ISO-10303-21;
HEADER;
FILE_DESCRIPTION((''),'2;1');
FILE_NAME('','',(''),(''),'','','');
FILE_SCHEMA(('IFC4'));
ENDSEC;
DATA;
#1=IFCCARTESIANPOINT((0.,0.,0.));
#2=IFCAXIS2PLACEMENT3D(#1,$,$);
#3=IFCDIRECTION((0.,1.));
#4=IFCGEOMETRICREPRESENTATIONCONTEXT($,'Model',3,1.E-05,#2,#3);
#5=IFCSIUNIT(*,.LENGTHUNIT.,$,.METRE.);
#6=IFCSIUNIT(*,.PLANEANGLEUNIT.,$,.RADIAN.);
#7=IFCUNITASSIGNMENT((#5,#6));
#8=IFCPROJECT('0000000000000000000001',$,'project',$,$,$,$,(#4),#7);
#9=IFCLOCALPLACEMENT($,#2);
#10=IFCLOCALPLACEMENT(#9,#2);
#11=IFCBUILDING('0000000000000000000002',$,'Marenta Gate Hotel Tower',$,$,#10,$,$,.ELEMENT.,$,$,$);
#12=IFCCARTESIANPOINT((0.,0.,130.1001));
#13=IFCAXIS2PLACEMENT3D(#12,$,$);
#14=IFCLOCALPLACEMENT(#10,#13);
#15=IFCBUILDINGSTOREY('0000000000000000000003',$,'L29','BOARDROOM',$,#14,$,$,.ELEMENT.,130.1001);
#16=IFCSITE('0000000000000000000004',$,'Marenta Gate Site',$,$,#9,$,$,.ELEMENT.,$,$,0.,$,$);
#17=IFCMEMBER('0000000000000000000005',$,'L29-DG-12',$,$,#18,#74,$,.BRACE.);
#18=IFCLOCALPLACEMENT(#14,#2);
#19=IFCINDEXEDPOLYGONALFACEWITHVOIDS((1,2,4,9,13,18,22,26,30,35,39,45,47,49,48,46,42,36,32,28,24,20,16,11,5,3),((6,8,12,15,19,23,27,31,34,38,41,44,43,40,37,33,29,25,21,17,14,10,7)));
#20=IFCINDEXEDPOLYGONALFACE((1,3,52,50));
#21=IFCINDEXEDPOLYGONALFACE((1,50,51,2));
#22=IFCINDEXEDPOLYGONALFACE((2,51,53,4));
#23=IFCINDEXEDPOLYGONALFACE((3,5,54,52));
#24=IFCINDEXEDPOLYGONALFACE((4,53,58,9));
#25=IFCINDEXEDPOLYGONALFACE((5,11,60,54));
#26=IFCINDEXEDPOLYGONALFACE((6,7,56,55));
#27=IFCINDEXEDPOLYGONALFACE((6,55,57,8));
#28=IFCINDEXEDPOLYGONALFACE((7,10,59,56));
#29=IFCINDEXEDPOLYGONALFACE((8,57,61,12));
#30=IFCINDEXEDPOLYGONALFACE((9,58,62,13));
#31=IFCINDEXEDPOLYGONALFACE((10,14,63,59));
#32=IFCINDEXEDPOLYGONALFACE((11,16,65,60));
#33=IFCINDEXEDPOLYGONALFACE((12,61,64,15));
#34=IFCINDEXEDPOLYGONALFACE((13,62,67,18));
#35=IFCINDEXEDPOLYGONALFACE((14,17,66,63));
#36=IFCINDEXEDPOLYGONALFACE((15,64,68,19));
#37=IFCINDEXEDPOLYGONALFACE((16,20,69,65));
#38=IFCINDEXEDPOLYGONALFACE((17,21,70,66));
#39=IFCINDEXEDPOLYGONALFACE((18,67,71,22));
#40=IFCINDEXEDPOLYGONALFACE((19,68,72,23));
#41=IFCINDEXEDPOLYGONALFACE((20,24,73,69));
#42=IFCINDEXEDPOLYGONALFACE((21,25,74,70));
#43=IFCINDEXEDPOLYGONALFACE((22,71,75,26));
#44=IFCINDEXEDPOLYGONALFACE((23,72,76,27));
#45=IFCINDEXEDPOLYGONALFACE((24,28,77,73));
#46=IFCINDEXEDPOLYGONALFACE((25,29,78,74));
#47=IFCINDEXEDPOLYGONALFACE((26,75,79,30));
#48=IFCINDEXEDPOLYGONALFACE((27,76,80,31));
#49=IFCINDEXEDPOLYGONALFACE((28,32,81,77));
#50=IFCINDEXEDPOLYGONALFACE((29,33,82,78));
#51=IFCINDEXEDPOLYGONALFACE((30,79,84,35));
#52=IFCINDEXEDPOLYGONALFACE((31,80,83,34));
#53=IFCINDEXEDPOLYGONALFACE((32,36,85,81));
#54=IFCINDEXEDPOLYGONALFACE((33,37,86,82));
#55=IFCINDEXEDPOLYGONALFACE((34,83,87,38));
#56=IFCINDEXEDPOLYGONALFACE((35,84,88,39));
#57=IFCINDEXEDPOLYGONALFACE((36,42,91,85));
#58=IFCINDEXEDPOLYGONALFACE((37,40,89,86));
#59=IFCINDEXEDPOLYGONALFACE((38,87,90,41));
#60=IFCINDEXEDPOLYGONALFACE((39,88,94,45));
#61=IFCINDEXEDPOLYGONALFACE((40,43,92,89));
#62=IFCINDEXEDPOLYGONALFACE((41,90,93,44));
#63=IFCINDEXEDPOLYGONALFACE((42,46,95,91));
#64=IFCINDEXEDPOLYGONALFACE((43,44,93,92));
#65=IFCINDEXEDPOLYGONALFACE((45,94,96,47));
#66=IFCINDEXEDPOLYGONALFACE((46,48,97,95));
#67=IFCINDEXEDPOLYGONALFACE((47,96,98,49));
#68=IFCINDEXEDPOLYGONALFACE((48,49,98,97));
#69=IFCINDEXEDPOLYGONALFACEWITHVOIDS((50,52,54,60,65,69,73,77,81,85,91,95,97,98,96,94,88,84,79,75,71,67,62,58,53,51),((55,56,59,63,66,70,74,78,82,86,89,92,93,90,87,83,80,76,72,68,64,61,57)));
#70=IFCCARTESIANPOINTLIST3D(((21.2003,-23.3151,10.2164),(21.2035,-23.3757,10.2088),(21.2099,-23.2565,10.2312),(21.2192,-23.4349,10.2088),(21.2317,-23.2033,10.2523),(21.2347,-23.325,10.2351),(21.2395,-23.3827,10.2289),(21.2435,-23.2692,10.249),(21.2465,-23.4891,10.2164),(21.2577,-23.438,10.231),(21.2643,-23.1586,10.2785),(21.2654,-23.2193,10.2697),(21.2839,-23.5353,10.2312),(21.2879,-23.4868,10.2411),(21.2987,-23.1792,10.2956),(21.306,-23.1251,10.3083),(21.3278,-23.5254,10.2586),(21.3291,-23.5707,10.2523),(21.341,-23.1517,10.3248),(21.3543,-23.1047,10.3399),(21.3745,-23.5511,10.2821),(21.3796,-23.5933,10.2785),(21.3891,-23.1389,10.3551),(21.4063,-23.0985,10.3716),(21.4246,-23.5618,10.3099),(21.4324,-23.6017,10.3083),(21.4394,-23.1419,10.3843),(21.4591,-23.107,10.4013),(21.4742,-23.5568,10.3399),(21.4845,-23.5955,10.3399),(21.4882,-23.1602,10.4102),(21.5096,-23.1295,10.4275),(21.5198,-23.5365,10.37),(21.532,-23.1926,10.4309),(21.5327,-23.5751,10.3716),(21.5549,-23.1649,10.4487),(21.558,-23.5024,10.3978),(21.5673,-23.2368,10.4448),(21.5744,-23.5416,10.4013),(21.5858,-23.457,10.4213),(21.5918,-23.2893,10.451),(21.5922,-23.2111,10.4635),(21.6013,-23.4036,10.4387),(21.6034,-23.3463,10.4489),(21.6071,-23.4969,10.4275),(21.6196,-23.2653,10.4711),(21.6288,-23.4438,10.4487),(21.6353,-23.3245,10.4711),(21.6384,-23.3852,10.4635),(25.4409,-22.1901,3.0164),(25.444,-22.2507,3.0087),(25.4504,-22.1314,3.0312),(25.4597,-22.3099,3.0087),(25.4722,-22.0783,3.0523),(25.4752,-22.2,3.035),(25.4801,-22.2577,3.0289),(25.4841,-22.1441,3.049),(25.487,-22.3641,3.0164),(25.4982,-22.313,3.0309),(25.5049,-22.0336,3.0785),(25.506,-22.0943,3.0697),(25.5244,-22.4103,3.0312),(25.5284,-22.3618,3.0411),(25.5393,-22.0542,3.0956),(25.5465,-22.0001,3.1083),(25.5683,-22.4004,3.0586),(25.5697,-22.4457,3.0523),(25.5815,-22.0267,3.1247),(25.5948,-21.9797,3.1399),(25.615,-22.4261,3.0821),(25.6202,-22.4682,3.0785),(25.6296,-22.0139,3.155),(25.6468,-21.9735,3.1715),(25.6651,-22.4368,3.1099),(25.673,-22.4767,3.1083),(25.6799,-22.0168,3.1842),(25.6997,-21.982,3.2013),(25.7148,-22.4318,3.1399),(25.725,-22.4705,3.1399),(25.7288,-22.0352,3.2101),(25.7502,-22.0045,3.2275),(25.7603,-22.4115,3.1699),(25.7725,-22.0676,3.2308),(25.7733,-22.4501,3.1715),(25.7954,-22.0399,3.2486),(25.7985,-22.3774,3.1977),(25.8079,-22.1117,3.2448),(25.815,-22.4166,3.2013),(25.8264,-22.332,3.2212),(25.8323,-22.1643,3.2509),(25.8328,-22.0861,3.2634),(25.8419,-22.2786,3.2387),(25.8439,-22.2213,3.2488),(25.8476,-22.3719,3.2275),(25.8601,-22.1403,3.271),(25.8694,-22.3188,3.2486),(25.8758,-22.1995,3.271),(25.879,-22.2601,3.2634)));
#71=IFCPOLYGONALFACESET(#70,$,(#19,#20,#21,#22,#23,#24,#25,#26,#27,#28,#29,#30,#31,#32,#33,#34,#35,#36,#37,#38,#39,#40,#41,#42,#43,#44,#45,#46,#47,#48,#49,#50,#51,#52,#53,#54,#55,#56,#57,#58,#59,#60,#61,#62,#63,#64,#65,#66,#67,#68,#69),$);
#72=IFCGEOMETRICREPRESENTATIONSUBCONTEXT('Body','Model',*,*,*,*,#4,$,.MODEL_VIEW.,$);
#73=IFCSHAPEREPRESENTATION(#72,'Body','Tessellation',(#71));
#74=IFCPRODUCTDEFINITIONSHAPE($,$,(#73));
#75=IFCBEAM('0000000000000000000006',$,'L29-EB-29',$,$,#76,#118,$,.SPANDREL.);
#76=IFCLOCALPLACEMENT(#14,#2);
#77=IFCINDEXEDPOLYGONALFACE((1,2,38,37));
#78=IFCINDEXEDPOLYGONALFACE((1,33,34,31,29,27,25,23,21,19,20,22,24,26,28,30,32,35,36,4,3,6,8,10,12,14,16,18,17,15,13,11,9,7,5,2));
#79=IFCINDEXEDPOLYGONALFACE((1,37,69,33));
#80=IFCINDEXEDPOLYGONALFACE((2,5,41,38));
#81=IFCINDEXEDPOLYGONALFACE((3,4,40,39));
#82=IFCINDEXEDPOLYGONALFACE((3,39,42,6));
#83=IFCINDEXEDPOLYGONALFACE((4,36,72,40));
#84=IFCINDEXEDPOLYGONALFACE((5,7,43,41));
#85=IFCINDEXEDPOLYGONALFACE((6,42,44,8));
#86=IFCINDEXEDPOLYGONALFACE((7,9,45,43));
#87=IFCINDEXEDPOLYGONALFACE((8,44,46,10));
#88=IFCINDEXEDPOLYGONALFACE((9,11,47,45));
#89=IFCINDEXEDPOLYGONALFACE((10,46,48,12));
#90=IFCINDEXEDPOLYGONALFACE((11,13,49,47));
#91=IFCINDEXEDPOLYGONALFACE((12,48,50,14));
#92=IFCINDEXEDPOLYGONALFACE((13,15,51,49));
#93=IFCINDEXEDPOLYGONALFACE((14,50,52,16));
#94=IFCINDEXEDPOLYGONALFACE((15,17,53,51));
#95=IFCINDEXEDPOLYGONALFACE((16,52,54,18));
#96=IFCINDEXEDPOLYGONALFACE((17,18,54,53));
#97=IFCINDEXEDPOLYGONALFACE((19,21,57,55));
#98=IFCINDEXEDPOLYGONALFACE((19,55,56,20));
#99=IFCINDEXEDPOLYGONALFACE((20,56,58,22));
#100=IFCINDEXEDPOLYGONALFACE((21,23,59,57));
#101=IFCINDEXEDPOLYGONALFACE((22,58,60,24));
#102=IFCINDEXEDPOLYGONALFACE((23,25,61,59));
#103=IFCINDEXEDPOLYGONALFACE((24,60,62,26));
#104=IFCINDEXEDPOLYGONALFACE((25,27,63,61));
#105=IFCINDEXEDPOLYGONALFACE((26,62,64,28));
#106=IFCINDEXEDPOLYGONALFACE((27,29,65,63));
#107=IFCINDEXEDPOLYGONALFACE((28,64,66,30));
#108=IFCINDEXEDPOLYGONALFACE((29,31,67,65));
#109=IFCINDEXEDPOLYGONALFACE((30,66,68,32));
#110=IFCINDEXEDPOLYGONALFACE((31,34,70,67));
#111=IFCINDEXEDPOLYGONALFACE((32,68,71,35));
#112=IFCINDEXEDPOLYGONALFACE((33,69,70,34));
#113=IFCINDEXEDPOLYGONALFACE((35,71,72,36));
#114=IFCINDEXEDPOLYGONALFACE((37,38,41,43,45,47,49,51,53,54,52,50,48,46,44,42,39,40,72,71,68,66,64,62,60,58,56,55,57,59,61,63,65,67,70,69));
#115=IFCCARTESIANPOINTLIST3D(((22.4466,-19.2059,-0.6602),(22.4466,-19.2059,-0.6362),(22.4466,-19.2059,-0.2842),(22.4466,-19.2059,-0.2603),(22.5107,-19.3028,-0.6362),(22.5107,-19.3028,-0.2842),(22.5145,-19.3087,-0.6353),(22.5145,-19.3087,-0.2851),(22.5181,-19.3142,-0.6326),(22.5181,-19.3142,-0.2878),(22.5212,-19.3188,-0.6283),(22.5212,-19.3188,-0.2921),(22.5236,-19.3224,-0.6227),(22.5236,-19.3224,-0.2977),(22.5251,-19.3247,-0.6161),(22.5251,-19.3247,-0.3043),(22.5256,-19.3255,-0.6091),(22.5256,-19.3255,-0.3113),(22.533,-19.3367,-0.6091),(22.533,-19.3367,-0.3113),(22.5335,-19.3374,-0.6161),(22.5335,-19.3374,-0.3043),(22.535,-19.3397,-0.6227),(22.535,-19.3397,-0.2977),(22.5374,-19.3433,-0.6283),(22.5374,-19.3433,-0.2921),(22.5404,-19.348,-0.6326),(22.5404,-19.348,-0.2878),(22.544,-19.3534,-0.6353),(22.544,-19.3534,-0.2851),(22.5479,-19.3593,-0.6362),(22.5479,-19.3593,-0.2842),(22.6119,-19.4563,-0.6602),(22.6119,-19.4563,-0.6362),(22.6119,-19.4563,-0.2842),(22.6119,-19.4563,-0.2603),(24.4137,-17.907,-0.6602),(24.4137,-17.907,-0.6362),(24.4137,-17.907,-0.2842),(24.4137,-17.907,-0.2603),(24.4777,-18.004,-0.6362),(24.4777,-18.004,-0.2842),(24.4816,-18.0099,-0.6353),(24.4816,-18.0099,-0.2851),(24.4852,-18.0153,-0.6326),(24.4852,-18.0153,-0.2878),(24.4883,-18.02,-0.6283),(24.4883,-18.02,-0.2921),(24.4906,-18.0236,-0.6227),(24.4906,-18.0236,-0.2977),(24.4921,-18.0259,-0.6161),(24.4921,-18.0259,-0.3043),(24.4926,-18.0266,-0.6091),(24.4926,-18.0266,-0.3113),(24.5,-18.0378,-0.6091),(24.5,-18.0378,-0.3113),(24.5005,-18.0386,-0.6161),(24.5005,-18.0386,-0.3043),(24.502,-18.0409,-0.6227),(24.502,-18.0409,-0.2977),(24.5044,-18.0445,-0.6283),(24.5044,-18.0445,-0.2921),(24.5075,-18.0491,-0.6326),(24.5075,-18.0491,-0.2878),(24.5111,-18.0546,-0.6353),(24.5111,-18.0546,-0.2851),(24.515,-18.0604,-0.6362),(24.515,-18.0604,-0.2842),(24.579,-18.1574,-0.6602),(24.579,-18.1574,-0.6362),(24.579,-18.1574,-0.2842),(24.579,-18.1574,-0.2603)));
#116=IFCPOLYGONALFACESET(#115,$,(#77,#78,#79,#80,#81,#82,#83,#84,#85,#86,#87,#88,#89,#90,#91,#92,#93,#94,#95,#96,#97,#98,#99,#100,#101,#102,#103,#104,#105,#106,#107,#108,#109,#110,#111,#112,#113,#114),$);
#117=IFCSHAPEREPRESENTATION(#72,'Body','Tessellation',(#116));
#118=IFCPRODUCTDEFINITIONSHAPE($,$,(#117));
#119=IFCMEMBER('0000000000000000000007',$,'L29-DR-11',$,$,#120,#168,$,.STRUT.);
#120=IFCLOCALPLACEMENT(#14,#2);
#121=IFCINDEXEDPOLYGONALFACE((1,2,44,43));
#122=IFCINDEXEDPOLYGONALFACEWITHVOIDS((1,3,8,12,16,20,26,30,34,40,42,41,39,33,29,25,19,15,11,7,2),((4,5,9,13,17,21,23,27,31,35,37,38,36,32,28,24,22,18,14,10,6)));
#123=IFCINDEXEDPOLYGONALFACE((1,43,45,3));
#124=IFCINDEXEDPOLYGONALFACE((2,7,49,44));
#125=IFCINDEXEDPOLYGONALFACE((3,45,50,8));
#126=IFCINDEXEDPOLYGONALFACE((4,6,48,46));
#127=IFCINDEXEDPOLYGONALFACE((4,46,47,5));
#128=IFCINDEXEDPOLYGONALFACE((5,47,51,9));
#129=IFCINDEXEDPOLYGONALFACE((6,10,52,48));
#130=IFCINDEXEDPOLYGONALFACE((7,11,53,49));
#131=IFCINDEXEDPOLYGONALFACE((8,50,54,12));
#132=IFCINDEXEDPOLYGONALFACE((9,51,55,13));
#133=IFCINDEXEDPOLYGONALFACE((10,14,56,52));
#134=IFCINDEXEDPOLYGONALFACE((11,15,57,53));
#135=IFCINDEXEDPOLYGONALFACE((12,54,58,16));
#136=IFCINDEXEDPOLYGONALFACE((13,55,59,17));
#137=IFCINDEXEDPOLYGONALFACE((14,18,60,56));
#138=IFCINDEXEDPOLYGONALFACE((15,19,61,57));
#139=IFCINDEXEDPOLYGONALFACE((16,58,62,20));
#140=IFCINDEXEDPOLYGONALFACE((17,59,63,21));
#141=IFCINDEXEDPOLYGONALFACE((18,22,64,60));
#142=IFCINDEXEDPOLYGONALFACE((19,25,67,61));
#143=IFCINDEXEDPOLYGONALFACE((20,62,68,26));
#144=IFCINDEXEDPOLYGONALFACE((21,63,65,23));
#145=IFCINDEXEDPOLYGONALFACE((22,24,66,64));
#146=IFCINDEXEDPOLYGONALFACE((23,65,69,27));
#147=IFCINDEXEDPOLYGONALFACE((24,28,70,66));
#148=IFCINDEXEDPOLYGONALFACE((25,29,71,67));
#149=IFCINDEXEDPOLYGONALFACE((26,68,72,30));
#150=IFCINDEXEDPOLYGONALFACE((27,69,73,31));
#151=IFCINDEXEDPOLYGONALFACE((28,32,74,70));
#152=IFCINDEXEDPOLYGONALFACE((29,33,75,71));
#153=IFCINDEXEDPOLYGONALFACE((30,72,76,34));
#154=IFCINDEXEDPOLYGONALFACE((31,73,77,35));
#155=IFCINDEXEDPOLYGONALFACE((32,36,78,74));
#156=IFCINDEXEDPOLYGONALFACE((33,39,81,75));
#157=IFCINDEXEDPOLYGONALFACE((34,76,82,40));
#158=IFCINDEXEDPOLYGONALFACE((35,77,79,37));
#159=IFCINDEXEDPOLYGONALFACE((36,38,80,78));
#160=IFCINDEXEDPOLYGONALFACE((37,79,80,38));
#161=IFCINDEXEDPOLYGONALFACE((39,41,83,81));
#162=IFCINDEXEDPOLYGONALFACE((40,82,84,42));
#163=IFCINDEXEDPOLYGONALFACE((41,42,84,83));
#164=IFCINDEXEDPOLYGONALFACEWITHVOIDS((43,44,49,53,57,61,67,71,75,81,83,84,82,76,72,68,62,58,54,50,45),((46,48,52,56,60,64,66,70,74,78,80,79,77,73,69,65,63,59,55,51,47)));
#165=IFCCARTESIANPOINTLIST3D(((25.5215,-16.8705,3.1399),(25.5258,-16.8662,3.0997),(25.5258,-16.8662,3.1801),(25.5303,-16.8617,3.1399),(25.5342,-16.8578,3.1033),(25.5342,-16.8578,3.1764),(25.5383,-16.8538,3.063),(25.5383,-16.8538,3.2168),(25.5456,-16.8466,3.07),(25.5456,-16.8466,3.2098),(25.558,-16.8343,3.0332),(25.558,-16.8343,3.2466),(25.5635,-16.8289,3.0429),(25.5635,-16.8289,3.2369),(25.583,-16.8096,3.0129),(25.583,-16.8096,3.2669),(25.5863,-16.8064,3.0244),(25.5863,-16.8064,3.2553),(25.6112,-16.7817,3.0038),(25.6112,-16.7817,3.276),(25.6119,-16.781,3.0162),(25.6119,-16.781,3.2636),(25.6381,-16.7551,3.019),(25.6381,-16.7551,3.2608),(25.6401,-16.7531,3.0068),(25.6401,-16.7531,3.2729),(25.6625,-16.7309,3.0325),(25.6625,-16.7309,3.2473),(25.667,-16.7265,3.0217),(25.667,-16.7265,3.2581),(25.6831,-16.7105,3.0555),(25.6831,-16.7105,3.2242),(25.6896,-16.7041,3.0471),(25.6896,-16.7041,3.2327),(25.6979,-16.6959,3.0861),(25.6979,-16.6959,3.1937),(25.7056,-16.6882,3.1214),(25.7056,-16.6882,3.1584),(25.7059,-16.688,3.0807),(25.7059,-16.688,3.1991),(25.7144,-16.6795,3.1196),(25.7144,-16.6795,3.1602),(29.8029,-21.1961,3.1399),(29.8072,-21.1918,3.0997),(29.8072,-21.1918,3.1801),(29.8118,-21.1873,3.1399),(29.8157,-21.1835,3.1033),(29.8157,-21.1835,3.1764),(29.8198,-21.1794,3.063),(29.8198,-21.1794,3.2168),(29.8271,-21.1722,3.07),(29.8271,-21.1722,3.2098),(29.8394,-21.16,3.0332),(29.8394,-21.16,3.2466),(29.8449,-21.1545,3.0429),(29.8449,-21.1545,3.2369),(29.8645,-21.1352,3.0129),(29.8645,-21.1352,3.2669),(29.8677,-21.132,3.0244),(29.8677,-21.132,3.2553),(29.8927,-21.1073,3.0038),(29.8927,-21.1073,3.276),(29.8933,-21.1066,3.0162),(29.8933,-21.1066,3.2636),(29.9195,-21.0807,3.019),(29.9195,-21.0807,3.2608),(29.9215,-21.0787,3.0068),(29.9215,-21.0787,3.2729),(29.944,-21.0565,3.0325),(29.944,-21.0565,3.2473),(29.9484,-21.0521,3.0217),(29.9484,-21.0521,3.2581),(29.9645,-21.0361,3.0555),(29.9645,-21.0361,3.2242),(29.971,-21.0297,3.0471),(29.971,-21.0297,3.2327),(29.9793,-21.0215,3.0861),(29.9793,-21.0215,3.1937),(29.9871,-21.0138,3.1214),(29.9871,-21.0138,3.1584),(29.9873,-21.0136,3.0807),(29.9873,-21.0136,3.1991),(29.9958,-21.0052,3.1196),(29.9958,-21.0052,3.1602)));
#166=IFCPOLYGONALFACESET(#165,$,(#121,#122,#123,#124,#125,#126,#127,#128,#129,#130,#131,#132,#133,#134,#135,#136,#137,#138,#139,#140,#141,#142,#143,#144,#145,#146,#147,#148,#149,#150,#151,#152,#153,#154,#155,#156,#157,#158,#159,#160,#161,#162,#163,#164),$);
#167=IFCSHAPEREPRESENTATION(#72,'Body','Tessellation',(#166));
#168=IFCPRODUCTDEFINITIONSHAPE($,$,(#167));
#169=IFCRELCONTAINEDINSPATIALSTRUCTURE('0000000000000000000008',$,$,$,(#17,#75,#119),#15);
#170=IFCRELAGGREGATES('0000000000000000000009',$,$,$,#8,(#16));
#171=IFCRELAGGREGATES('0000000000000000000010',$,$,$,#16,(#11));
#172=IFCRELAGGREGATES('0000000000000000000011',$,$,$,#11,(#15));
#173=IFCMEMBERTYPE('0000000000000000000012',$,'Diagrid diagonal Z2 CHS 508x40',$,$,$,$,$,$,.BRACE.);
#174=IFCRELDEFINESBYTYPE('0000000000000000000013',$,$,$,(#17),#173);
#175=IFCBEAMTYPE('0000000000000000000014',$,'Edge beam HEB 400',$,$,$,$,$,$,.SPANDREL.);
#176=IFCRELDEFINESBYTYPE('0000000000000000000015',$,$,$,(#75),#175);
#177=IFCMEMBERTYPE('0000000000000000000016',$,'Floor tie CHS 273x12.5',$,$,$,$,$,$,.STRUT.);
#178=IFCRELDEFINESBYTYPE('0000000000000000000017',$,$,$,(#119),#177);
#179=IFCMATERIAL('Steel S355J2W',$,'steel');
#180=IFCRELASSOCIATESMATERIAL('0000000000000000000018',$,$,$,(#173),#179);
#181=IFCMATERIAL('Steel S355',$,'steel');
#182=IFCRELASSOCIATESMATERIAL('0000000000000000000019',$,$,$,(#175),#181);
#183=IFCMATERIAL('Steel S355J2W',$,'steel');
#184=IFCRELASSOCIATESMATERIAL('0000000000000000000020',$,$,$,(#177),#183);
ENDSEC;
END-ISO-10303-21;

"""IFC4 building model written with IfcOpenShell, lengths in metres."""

from ifc_helpers import new_model, si_unit, direction, frame, origin, origin_2d, place, context, subcontext, project, spatial, hollow_circle, i_section, extrude, material, material_profile, profile_set, type_object, element, save


model = new_model("IFC4")

# Units and contexts
model_context = context("Model", 3, precision=1e-05, world=origin(), true_north=direction((0.0, 1.0)))
body_context = subcontext(model_context, "Body", "Model", "MODEL_VIEW")
ifc_project = project(units=[si_unit("LENGTHUNIT", "METRE"), si_unit("PLANEANGLEUNIT", "RADIAN")], contexts=[model_context])

# Site, building, storey
site_placement = place(None, origin())
site = spatial("IfcSite", under=ifc_project, at=site_placement, Name="Marenta Gate Site", CompositionType="ELEMENT", RefElevation=0.0)
building_placement = place(site_placement, origin())
building = spatial("IfcBuilding", under=site, at=building_placement, Name="Marenta Gate Hotel Tower", CompositionType="ELEMENT")
storey_placement = place(building_placement, frame((0.0, 0.0, 130.1001)))
storey = spatial("IfcBuildingStorey", under=building, at=storey_placement, Name="L29", Description="BOARDROOM", CompositionType="ELEMENT", Elevation=130.1001)

# Member
ifc_material_1 = material(Name="Steel S355J2W", Category="steel")
ifc_material_profile_1 = material_profile(ifc_material_1, hollow_circle(Radius=0.2539, WallThickness=0.04, at=origin_2d()), Name="CHS 508x40")
ifc_profile_set_1 = profile_set([ifc_material_profile_1], Name="Steel S355J2W")
member_type_1 = type_object("IfcMemberType", Name="Diagrid diagonal Z2 CHS 508x40", PredefinedType="BRACE", material=ifc_profile_set_1)
member_1_placement = place(storey_placement, frame((25.6599, -22.2251, 3.1399), z_axis=(-0.502946, -0.133432, 0.853956), x_axis=(0.256429, -0.966563, 0.0)))
element("IfcMember", 1, at=member_1_placement, inside=storey, type_object=member_type_1, Name="L29-DG-12", PredefinedType="BRACE", context=body_context, shape_type="SweptSolid", body=[
    extrude(hollow_circle(Radius=0.2539, WallThickness=0.04, at=origin_2d()), origin(), (0.0, 0.0, 1.0), 8.4314),
])

# Beam
ifc_material_2 = material(Name="Steel S355", Category="steel")
ifc_material_profile_2 = material_profile(ifc_material_2, i_section(OverallWidth=0.3, OverallDepth=0.3999, WebThickness=0.0134, FlangeThickness=0.0239, FilletRadius=0.0271, at=origin_2d()), Name="HEB 400")
ifc_profile_set_2 = profile_set([ifc_material_profile_2], Name="Steel S355")
beam_type = type_object("IfcBeamType", Name="Edge beam HEB 400", PredefinedType="SPANDREL", material=ifc_profile_set_2)
beam_placement = place(storey_placement, frame((24.4963, -18.0322, -0.4602), z_axis=(-0.834496, -0.551014, 0.0), x_axis=(0.551014, -0.834496, 0.0)))
element("IfcBeam", 2, at=beam_placement, inside=storey, type_object=beam_type, Name="L29-EB-29", PredefinedType="SPANDREL", context=body_context, shape_type="SweptSolid", body=[
    extrude(i_section(OverallWidth=0.3, OverallDepth=0.3999, WebThickness=0.0134, FlangeThickness=0.0239, FilletRadius=0.0271, at=origin_2d()), origin(), (0.0, 0.0, 1.0), 2.3572),
])

# Member
ifc_material_3 = material(Name="Steel S355J2W", Category="steel")
ifc_material_profile_3 = material_profile(ifc_material_3, hollow_circle(Radius=0.1365, WallThickness=0.0125, at=origin_2d()), Name="CHS 273x12.5")
ifc_profile_set_3 = profile_set([ifc_material_profile_3], Name="Steel S355J2W")
member_type_2 = type_object("IfcMemberType", Name="Floor tie CHS 273x12.5", PredefinedType="STRUT", material=ifc_profile_set_3)
member_2_placement = place(storey_placement, frame((29.8999, -21.1001, 3.1399), z_axis=(-0.703467, 0.710728, 0.0), x_axis=(-0.710728, -0.703467, 0.0)))
element("IfcMember", 3, at=member_2_placement, inside=storey, type_object=member_type_2, Name="L29-DR-11", PredefinedType="STRUT", context=body_context, shape_type="SweptSolid", body=[
    extrude(hollow_circle(Radius=0.1365, WallThickness=0.0125, at=origin_2d()), origin(), (0.0, 0.0, 1.0), 6.0862),
])

save(model, "model.ifc")
